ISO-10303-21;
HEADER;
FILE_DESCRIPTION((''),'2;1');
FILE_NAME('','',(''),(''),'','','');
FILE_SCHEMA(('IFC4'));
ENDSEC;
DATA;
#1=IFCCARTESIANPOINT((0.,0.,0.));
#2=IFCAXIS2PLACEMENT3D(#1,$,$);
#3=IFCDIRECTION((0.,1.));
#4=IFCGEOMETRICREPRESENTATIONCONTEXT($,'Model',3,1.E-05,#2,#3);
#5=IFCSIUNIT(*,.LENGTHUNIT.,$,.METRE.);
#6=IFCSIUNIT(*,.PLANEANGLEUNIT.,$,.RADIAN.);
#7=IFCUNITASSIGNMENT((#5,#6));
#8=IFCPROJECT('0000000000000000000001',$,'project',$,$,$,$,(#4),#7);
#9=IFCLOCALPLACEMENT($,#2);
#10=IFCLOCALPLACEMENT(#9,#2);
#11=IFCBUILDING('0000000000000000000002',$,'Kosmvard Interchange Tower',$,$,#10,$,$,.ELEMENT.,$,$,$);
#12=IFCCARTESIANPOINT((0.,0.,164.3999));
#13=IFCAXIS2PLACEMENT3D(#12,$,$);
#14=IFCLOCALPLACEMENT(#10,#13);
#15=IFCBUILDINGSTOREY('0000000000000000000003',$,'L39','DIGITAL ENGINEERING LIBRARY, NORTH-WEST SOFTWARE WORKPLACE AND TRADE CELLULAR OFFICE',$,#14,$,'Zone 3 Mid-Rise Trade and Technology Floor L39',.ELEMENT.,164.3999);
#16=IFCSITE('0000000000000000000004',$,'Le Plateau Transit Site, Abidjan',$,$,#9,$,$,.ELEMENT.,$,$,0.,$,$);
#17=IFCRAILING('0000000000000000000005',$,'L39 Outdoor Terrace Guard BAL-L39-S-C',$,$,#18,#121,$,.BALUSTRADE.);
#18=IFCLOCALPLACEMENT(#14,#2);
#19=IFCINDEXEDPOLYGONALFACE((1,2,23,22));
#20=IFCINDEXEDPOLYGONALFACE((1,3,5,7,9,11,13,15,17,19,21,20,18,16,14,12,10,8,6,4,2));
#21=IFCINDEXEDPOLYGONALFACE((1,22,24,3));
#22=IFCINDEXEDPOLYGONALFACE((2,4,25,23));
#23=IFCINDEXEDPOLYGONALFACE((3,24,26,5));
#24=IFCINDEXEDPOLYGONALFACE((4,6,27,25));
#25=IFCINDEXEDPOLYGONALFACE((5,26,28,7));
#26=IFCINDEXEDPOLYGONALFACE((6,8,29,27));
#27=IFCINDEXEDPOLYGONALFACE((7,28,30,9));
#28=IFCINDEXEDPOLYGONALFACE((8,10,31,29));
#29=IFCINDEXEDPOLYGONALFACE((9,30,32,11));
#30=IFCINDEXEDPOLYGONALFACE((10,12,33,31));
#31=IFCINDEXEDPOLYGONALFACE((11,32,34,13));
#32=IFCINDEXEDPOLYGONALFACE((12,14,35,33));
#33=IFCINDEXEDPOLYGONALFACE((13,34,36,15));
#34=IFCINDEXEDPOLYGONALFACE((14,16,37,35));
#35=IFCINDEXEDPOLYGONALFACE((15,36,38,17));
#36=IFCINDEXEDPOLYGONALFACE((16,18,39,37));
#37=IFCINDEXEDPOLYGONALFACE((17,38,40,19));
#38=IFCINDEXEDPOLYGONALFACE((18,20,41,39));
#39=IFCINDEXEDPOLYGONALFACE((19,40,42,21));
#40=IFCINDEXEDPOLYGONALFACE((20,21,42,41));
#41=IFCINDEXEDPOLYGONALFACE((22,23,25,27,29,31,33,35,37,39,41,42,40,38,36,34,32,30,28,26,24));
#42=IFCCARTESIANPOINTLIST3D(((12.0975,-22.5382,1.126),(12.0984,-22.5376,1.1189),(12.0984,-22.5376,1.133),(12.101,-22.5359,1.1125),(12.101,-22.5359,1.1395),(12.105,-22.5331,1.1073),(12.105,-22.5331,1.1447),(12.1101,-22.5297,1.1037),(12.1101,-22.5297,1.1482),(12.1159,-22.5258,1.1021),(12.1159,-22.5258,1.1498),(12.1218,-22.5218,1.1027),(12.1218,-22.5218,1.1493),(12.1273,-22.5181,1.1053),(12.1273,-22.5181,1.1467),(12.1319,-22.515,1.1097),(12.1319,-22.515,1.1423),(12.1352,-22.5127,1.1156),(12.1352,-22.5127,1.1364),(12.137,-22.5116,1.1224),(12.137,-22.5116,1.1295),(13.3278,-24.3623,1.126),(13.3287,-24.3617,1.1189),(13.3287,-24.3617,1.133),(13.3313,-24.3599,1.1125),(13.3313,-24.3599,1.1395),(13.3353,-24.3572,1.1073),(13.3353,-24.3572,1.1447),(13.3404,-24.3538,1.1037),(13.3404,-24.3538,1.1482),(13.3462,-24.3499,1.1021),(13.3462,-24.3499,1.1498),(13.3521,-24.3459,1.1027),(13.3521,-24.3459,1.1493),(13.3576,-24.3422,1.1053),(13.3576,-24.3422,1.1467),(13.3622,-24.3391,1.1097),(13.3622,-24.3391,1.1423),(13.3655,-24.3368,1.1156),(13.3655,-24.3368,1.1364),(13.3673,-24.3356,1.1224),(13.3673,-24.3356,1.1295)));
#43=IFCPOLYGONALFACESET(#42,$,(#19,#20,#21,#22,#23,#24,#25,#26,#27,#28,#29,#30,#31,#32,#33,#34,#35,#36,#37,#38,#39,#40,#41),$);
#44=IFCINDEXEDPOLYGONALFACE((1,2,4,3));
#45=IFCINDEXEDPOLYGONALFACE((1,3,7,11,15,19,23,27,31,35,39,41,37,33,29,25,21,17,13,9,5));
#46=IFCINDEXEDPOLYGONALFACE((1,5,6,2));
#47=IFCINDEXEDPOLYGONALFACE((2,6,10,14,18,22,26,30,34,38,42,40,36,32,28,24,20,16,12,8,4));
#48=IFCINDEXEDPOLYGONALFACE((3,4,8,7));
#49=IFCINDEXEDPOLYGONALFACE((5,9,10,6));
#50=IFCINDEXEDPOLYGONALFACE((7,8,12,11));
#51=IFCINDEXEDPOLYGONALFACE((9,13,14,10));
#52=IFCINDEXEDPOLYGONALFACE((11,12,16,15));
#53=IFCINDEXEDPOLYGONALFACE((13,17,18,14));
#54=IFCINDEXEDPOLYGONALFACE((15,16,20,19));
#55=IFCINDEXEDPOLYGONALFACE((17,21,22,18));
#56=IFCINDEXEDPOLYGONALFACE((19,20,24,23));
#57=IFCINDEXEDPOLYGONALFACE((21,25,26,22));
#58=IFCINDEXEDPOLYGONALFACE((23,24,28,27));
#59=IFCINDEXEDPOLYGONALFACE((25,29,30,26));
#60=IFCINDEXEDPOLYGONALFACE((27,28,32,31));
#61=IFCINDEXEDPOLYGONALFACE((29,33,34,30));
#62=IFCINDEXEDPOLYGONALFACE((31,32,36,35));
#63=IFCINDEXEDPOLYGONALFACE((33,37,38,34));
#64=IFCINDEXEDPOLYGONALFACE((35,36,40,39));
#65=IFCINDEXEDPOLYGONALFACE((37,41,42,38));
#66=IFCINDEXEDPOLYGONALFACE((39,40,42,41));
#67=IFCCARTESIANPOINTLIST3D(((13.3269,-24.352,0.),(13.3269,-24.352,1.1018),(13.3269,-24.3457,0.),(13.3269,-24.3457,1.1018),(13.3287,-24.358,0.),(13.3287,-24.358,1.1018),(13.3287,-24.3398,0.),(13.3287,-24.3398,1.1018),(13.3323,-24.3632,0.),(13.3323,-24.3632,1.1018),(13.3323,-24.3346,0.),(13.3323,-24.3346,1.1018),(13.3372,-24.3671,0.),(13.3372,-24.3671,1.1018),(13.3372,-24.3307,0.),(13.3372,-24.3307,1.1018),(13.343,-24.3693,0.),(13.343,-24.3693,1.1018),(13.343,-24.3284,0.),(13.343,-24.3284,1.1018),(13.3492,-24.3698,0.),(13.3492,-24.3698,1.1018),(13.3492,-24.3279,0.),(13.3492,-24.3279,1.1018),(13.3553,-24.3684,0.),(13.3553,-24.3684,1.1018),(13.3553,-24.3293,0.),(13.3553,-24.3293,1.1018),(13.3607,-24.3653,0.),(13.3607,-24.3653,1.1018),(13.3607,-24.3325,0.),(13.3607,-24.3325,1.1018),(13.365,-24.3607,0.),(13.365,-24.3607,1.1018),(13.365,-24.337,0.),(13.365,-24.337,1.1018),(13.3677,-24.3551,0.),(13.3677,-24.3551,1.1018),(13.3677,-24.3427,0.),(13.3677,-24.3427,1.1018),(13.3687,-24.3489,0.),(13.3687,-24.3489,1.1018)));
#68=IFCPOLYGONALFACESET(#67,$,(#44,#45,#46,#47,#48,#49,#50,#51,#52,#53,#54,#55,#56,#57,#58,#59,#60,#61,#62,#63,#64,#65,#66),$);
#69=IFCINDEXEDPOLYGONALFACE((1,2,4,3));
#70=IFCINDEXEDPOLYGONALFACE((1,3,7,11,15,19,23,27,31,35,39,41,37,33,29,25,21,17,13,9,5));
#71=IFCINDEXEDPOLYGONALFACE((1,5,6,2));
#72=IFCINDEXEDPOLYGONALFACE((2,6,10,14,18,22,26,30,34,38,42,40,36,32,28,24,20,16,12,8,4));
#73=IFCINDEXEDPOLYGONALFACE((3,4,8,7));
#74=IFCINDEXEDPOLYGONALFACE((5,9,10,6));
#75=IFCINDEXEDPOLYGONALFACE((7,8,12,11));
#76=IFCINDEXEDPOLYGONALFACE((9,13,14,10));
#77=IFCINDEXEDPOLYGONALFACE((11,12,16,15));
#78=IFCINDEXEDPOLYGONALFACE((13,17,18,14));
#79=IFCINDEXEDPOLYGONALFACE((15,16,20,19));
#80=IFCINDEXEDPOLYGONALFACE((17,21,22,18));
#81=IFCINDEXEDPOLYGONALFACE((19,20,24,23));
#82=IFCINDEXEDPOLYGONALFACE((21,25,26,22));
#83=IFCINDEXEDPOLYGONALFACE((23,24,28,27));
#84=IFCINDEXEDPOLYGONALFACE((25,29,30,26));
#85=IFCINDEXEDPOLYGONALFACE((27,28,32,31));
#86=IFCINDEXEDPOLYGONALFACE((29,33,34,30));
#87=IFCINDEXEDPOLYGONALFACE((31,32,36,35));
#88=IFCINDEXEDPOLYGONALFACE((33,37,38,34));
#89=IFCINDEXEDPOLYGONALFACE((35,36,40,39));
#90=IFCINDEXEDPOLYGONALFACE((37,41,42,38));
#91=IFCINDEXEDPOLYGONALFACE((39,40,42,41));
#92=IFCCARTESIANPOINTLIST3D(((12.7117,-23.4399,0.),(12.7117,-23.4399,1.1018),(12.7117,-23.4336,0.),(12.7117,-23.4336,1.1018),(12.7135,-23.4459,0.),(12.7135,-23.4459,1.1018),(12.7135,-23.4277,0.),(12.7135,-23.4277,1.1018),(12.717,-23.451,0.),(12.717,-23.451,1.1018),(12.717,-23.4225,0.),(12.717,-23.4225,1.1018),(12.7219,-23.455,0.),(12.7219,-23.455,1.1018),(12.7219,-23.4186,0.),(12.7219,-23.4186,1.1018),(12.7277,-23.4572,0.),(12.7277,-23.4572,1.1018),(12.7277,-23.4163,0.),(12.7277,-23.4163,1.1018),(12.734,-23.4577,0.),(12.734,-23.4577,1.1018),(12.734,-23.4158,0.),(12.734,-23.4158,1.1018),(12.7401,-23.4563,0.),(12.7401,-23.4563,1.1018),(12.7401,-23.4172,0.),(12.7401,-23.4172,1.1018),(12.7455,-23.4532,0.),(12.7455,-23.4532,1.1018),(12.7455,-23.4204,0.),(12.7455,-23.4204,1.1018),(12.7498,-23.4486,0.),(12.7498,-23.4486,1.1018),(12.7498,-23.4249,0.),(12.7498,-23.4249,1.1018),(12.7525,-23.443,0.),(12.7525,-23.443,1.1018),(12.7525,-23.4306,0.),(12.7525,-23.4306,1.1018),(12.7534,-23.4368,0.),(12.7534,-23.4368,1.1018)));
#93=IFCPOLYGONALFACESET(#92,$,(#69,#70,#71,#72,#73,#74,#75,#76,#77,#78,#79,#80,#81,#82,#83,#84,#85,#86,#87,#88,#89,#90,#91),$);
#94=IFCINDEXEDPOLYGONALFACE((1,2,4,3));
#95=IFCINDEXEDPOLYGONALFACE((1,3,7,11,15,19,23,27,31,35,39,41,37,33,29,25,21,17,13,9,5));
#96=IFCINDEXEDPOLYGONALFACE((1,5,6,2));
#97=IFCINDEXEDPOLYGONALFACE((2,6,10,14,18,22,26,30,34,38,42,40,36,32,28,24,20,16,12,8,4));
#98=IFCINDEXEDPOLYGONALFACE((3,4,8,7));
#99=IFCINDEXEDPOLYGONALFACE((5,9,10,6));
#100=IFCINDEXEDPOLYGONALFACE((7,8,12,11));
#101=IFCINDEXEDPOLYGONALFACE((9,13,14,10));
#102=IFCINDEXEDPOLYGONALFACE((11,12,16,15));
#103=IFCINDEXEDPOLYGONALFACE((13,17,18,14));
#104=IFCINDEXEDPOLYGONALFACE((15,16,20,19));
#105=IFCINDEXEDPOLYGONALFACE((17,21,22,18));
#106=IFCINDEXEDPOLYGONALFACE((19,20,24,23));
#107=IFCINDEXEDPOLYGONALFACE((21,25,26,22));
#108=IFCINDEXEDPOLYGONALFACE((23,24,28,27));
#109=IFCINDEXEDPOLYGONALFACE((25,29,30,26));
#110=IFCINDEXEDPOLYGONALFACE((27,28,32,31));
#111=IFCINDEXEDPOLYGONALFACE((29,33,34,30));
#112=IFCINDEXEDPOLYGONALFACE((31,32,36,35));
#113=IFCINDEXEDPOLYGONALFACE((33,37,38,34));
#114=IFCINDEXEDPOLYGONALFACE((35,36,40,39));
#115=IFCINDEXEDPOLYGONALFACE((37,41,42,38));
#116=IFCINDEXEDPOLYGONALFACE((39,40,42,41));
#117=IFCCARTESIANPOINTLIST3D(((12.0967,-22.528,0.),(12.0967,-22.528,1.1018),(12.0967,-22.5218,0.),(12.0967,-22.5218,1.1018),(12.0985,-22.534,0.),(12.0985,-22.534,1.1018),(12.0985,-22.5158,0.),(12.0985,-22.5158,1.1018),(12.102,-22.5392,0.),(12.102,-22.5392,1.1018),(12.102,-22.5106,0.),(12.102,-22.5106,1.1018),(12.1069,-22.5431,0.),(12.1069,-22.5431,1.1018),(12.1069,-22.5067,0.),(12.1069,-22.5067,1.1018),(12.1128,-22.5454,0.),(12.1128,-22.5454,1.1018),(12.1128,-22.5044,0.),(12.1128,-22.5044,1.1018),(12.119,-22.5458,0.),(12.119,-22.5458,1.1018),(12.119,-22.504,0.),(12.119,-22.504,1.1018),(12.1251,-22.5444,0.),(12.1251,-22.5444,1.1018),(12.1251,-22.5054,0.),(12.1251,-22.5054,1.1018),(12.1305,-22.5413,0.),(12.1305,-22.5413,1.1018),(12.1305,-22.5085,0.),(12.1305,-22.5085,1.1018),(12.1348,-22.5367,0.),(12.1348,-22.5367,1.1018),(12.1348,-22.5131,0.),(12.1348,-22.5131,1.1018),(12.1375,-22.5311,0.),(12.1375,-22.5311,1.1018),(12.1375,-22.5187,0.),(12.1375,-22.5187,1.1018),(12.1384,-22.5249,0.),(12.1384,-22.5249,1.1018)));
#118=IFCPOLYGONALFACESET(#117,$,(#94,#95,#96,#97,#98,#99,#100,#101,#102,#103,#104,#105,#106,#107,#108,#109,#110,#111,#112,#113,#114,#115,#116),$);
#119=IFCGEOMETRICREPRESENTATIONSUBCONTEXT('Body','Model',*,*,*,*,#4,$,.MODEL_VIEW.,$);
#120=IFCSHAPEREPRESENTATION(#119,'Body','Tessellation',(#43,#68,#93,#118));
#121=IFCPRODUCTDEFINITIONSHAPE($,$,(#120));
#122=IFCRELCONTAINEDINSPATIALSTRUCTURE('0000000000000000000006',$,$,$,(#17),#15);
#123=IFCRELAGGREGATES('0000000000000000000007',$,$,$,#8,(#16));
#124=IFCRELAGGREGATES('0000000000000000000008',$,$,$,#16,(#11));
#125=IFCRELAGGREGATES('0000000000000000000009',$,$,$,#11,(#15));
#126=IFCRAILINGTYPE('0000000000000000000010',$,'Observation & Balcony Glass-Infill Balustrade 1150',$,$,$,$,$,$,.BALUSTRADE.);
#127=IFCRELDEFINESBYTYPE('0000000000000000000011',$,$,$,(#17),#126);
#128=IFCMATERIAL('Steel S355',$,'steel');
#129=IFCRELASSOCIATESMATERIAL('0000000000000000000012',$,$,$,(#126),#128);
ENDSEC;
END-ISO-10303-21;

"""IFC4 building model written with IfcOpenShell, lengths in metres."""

from ifc_helpers import new_model, si_unit, direction, frame, origin, origin_2d, place, context, subcontext, project, spatial, circle, extrude, source, transform, mapped, material, type_object, element, save


model = new_model("IFC4")

# Units and contexts
model_context = context("Model", 3, precision=1e-05, world=origin(), true_north=direction((0.0, 1.0)))
body_context = subcontext(model_context, "Body", "Model", "MODEL_VIEW")
ifc_project = project(units=[si_unit("LENGTHUNIT", "METRE"), si_unit("PLANEANGLEUNIT", "RADIAN")], contexts=[model_context])

# Site, building, storey
site_placement = place(None, origin())
site = spatial("IfcSite", under=ifc_project, at=site_placement, Name="Le Plateau Transit Site, Abidjan", CompositionType="ELEMENT", RefElevation=0.0)
building_placement = place(site_placement, origin())
building = spatial("IfcBuilding", under=site, at=building_placement, Name="Kosmvard Interchange Tower", CompositionType="ELEMENT")
storey_placement = place(building_placement, frame((0.0, 0.0, 164.3999)))
storey = spatial("IfcBuildingStorey", under=building, at=storey_placement, Name="L39", Description="DIGITAL ENGINEERING LIBRARY, NORTH-WEST SOFTWARE WORKPLACE AND TRADE CELLULAR OFFICE", LongName="Zone 3 Mid-Rise Trade and Technology Floor L39", CompositionType="ELEMENT", Elevation=164.3999)

# Shared definitions
ifc_material_1 = material(Name="Steel S355", Category="steel")

# Railing
railing_type = type_object("IfcRailingType", Name="Observation & Balcony Glass-Infill Balustrade 1150", PredefinedType="BALUSTRADE", material=ifc_material_1)
shared_shape_1 = source(origin(), body_context, "Body", "SweptSolid", [
    extrude(circle(Radius=0.0239, at=origin_2d()), frame((0.0, 0.0, 1.126), z_axis=(-0.559174, 0.829051, 0.0), x_axis=(-0.829051, -0.559174, 0.0)), (0.0, 0.0, 1.0), 2.2002),
    extrude(circle(Radius=0.021, at=origin_2d()), origin(), (0.0, 0.0, 1.0), 1.1018),
    extrude(circle(Radius=0.021, at=origin_2d()), frame((-0.6152, 0.9121, 0.0)), (0.0, 0.0, 1.0), 1.1018),
    extrude(circle(Radius=0.021, at=origin_2d()), frame((-1.2302, 1.824, 0.0)), (0.0, 0.0, 1.0), 1.1018),
])
railing_placement = place(storey_placement, frame((13.3477, -24.3489, 0.0)))
element("IfcRailing", 1, at=railing_placement, inside=storey, type_object=railing_type, Name="L39 Outdoor Terrace Guard BAL-L39-S-C", PredefinedType="BALUSTRADE", context=body_context, shape_type="MappedRepresentation", body=[
    mapped(shared_shape_1, transform((0.0, 0.0, 0.0), scale=1.0)),
])

save(model, "model.ifc")
